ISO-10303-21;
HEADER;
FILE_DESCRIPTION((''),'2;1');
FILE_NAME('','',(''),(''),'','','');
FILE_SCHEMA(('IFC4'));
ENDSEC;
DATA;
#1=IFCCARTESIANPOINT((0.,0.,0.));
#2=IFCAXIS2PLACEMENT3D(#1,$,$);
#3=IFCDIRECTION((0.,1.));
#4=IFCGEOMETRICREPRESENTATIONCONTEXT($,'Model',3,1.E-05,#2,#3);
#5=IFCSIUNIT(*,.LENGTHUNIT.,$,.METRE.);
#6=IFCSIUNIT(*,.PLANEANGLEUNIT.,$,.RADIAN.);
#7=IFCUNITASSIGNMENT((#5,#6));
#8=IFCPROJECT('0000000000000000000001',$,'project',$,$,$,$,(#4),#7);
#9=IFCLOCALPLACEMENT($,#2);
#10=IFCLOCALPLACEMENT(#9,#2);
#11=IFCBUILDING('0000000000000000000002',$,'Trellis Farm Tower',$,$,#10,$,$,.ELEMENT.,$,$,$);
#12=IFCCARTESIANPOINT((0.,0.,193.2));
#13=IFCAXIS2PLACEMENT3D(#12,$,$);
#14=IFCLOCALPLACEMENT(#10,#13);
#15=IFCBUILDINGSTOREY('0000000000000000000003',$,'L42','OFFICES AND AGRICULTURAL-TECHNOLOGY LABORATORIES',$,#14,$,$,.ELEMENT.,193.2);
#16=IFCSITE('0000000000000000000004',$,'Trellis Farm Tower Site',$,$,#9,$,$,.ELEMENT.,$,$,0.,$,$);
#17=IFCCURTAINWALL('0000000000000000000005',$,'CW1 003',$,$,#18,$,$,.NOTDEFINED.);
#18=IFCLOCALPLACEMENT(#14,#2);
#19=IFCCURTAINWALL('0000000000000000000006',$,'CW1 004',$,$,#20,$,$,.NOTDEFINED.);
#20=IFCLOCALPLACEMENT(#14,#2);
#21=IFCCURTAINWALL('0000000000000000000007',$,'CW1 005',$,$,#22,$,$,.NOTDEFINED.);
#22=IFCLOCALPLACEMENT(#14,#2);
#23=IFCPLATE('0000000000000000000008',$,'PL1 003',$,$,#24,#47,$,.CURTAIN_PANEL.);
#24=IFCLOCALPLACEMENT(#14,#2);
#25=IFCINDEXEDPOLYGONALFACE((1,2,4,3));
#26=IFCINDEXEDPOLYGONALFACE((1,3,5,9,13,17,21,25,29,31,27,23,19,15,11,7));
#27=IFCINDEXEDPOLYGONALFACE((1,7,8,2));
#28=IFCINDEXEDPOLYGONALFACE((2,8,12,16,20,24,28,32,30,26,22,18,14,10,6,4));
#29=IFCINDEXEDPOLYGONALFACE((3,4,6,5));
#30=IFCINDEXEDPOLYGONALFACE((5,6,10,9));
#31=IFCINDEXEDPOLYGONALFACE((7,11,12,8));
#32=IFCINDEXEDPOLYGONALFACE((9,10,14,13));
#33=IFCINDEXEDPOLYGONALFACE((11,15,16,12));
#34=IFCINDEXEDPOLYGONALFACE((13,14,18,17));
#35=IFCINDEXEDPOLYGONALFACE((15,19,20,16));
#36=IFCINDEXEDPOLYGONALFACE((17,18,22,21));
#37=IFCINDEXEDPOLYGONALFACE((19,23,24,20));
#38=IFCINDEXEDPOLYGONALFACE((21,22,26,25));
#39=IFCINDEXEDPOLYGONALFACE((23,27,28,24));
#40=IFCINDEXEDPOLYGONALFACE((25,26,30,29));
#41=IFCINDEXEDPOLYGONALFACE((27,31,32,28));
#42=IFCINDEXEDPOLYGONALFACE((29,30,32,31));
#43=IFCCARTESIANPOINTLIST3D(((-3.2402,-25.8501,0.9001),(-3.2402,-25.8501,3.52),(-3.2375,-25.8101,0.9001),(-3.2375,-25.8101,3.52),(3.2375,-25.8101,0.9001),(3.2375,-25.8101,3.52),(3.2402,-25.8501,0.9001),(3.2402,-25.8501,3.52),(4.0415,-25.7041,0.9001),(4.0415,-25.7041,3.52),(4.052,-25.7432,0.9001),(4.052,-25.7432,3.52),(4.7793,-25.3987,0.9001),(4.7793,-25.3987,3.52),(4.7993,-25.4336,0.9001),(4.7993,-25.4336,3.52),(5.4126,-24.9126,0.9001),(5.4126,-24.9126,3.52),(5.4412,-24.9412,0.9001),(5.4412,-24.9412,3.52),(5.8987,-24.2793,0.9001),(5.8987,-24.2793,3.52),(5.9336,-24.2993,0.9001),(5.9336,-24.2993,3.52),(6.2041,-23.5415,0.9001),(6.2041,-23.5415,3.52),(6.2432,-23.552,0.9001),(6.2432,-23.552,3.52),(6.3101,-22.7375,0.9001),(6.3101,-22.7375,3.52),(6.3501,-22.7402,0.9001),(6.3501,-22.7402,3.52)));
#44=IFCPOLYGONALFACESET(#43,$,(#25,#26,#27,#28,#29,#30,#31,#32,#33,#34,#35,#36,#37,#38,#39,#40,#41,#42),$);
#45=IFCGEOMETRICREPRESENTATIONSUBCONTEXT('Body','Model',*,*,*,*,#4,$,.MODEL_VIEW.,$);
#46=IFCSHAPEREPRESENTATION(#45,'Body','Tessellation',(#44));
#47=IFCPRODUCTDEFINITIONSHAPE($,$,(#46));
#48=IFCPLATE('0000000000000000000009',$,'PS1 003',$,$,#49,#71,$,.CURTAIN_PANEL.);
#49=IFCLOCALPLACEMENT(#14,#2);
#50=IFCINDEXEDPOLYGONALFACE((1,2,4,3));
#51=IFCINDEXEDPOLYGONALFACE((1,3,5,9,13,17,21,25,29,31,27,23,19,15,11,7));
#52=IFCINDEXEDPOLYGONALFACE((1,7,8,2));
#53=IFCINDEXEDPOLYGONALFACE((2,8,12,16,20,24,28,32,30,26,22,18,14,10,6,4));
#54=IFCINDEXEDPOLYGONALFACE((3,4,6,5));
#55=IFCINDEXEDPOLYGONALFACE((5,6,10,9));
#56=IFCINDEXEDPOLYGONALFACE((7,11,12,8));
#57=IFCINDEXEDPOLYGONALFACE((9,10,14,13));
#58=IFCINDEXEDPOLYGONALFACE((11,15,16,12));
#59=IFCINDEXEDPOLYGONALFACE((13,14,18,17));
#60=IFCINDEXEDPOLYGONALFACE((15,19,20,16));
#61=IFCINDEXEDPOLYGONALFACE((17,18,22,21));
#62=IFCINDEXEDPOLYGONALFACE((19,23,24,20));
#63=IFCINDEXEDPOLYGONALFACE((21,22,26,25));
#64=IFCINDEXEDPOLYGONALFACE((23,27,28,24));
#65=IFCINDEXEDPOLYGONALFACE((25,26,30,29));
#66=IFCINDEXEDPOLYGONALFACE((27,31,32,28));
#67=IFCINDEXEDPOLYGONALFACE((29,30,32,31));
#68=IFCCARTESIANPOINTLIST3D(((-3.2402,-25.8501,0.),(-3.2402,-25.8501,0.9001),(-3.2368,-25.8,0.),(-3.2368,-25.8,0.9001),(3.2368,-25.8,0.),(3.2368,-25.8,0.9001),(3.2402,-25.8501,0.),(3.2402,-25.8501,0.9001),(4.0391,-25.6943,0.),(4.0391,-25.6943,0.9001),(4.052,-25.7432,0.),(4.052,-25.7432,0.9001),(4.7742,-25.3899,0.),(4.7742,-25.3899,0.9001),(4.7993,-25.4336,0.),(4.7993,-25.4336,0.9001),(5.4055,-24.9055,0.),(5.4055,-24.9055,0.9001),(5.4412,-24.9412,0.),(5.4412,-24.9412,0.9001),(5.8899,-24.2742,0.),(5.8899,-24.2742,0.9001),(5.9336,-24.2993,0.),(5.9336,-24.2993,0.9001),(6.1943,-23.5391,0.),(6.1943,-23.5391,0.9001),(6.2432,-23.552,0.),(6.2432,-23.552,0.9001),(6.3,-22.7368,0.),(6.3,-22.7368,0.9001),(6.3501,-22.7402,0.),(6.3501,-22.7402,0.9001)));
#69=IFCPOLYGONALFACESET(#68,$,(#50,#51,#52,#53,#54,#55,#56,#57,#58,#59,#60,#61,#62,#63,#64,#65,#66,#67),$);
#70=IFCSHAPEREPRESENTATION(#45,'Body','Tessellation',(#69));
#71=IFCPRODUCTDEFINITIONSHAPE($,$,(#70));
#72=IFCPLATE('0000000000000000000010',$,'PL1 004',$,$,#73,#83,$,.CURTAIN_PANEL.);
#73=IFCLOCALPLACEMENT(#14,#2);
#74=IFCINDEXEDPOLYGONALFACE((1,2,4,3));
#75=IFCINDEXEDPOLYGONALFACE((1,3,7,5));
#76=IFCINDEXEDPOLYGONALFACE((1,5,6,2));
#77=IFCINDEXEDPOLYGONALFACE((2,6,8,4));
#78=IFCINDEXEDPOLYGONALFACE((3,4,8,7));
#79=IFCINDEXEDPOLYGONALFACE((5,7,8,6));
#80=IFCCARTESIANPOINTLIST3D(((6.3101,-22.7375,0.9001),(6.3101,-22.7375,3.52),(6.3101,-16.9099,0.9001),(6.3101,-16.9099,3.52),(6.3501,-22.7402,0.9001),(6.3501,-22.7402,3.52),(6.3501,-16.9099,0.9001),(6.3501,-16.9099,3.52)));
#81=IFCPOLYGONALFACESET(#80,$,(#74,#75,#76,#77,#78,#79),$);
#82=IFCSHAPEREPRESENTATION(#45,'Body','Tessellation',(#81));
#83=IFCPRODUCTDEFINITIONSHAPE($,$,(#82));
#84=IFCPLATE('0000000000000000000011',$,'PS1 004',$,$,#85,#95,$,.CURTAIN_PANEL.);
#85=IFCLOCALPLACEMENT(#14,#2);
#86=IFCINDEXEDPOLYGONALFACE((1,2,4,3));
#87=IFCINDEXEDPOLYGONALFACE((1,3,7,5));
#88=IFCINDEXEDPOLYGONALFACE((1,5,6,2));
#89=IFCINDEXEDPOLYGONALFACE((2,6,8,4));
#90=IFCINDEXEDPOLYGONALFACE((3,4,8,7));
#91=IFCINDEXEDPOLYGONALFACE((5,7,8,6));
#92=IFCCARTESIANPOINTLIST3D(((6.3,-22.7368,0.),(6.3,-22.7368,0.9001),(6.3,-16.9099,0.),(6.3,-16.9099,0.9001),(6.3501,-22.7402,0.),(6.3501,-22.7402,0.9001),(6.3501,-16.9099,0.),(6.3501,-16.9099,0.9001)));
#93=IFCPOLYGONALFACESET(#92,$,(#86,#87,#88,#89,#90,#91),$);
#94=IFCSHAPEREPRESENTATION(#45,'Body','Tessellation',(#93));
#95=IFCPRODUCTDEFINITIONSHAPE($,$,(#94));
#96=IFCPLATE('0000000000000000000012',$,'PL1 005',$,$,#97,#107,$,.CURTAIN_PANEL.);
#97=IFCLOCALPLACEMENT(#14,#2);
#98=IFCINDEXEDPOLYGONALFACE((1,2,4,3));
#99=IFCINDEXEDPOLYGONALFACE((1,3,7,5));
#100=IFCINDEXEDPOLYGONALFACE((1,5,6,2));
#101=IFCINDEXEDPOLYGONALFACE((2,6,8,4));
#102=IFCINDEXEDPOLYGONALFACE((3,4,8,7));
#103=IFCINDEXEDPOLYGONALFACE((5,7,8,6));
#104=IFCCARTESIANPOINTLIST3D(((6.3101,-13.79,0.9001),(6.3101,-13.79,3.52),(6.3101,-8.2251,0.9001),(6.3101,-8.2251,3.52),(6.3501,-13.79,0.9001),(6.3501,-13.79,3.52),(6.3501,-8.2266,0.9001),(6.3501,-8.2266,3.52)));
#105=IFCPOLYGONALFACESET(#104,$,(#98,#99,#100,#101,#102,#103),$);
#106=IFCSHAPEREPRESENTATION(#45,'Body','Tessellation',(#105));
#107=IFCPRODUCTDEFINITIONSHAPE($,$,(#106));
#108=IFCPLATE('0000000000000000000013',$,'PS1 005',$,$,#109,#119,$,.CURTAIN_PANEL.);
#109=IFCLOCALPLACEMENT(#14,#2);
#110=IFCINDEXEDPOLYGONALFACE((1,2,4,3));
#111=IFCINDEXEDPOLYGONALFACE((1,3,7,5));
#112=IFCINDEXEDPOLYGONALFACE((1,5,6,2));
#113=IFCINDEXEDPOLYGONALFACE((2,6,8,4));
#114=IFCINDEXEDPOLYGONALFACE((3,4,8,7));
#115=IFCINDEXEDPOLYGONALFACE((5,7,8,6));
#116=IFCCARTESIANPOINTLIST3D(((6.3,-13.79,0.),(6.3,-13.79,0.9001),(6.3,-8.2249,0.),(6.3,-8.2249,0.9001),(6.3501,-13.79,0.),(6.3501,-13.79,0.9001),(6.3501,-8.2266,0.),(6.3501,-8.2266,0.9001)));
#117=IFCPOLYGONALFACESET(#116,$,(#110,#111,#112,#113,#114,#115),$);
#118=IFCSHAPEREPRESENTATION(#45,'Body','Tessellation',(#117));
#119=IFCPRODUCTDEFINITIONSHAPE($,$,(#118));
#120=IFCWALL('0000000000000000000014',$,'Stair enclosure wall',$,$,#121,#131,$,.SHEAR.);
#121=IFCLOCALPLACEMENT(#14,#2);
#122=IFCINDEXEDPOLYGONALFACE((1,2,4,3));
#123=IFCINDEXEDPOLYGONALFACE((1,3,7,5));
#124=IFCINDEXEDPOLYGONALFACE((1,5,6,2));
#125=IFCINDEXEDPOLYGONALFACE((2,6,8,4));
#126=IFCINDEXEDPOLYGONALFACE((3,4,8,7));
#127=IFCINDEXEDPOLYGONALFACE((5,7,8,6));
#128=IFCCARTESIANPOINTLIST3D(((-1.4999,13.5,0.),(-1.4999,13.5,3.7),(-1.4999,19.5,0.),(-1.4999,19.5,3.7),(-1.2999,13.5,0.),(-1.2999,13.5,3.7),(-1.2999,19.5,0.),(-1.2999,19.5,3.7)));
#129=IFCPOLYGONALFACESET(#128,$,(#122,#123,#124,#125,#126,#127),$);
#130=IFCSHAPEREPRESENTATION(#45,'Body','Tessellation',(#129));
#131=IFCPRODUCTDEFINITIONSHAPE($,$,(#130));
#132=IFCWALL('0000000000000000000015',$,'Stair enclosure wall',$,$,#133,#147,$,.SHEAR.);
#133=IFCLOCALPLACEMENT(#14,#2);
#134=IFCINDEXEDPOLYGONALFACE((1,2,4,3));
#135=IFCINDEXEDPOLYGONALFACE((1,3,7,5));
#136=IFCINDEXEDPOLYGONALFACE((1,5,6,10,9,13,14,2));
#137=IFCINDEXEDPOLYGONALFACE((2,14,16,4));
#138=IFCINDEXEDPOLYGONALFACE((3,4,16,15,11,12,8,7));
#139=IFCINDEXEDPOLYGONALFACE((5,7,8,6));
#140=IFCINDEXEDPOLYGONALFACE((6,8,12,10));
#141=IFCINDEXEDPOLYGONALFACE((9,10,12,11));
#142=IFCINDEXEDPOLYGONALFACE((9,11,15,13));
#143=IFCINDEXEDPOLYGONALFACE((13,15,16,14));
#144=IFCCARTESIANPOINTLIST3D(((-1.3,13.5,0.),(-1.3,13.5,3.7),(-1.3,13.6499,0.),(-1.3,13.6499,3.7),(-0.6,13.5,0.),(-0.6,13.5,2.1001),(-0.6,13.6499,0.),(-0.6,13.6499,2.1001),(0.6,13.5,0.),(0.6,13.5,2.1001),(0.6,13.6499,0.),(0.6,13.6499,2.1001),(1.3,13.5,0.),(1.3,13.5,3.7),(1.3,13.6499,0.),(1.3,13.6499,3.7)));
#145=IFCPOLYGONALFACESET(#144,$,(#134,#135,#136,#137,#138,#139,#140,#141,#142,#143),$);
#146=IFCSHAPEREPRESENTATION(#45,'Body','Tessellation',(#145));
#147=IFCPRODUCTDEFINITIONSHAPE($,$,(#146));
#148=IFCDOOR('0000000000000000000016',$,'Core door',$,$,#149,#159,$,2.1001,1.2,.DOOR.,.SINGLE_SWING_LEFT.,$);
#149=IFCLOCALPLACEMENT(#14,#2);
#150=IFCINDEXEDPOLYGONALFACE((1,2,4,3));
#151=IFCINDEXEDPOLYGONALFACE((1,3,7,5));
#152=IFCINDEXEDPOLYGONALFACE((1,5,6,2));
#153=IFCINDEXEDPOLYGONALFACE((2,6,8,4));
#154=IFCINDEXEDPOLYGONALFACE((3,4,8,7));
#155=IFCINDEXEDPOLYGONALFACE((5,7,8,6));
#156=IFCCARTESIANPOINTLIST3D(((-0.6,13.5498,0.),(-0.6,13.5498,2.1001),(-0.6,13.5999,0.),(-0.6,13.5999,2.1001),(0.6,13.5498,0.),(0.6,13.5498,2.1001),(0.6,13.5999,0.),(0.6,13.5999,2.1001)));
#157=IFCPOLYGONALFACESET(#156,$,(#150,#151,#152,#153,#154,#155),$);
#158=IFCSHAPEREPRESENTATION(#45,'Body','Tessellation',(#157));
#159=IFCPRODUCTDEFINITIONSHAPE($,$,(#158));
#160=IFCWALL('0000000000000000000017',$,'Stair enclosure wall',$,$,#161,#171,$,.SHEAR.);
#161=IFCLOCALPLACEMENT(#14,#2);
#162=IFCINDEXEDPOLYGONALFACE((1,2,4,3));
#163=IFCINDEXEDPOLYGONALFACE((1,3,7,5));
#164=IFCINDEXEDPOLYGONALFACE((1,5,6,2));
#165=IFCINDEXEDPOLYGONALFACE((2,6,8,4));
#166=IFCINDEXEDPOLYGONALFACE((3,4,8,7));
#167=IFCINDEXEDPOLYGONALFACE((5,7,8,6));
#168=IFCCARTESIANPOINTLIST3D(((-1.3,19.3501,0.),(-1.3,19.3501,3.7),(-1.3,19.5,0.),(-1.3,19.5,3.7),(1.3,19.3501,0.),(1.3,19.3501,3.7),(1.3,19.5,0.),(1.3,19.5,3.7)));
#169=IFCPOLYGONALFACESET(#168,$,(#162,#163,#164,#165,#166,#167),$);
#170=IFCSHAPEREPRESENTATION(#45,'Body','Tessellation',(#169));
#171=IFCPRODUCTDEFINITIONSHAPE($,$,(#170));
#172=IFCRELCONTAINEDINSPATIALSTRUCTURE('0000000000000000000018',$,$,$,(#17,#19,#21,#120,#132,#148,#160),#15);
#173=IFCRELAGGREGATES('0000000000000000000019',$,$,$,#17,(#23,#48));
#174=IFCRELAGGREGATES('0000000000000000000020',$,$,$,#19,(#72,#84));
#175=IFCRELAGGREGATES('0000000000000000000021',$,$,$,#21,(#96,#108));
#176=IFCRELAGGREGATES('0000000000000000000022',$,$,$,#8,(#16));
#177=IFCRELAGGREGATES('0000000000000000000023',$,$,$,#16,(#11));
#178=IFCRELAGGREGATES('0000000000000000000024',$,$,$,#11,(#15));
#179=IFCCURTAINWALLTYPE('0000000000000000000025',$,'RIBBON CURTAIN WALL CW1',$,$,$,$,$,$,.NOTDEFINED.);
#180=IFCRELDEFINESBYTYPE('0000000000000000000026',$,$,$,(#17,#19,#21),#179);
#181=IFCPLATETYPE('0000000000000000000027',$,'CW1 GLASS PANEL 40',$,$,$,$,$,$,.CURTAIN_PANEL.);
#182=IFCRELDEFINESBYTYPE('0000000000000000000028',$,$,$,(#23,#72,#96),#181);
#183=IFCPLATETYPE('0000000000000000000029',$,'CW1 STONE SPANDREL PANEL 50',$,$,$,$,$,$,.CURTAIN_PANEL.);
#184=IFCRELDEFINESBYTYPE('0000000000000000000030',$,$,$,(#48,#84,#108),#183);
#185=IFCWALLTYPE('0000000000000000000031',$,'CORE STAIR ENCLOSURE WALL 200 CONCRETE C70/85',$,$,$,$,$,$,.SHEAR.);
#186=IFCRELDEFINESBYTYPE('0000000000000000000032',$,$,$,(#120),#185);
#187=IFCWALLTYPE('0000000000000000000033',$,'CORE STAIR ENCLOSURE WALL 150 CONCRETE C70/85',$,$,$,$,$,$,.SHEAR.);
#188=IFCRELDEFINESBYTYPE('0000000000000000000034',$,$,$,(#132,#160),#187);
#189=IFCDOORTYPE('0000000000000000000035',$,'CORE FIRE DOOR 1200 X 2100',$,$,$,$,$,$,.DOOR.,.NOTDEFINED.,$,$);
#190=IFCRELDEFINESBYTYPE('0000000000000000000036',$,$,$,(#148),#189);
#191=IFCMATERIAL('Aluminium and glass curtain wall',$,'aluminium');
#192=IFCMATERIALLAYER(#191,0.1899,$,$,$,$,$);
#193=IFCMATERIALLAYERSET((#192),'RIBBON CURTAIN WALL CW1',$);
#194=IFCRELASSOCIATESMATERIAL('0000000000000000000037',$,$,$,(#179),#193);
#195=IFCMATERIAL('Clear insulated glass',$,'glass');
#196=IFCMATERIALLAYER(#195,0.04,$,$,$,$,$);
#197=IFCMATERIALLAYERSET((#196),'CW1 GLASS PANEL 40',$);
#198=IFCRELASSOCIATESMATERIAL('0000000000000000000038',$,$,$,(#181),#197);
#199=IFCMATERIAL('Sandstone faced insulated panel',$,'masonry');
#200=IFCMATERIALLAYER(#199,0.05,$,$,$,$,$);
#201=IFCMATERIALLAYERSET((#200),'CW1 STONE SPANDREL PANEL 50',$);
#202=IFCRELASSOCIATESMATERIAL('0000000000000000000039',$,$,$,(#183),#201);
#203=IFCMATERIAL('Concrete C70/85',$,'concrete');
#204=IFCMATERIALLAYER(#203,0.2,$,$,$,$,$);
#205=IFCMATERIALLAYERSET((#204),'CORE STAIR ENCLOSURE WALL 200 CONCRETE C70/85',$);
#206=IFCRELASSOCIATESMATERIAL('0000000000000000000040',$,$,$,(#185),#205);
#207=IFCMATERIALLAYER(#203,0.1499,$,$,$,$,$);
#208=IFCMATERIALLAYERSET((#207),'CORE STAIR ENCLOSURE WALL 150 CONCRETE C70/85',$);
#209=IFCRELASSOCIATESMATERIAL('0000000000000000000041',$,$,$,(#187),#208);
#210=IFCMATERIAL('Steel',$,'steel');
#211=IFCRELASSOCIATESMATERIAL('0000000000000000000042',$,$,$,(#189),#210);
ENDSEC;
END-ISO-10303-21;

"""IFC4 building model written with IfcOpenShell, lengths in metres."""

from ifc_helpers import new_model, si_unit, direction, frame, frame_2d, origin, place, context, subcontext, project, spatial, polyline, rectangle, outline, extrude, source, transform, mapped, material, layer, layer_set, type_object, element, fill, aggregate, save


model = new_model("IFC4")

# Units and contexts
model_context = context("Model", 3, precision=1e-05, world=origin(), true_north=direction((0.0, 1.0)))
body_context = subcontext(model_context, "Body", "Model", "MODEL_VIEW")
ifc_project = project(units=[si_unit("LENGTHUNIT", "METRE"), si_unit("PLANEANGLEUNIT", "RADIAN")], contexts=[model_context])

# Site, building, storey
site_placement = place(None, origin())
site = spatial("IfcSite", under=ifc_project, at=site_placement, Name="Trellis Farm Tower Site", CompositionType="ELEMENT", RefElevation=0.0)
building_placement = place(site_placement, origin())
building = spatial("IfcBuilding", under=site, at=building_placement, Name="Trellis Farm Tower", CompositionType="ELEMENT")
storey_placement = place(building_placement, frame((0.0, 0.0, 193.2)))
storey = spatial("IfcBuildingStorey", under=building, at=storey_placement, Name="L42", Description="OFFICES AND AGRICULTURAL-TECHNOLOGY LABORATORIES", CompositionType="ELEMENT", Elevation=193.2)

# Shared definitions
ifc_material_1 = material(Name="Concrete C70/85", Category="concrete")

# Curtain walls
ifc_material_2 = material(Name="Aluminium and glass curtain wall", Category="aluminium")
placement_1 = place(storey_placement, origin())
ifc_layer_1 = layer(ifc_material_2, 0.1899)
ifc_layer_set_1 = layer_set([ifc_layer_1], Name="RIBBON CURTAIN WALL CW1")
curtain_wall_type_1 = type_object("IfcCurtainWallType", Name="RIBBON CURTAIN WALL CW1", PredefinedType="NOTDEFINED", material=ifc_layer_set_1)
curtain_wall_1 = element("IfcCurtainWall", 1, at=placement_1, inside=storey, type_object=curtain_wall_type_1, Name="CW1 003", PredefinedType="NOTDEFINED")
curtain_wall_2 = element("IfcCurtainWall", 2, at=placement_1, inside=storey, type_object=curtain_wall_type_1, Name="CW1 004", PredefinedType="NOTDEFINED")
curtain_wall_3 = element("IfcCurtainWall", 3, at=placement_1, inside=storey, type_object=curtain_wall_type_1, Name="CW1 005", PredefinedType="NOTDEFINED")

# Plates
ifc_material_3 = material(Name="Clear insulated glass", Category="glass")
ifc_layer_2 = layer(ifc_material_3, 0.04)
ifc_layer_set_2 = layer_set([ifc_layer_2], Name="CW1 GLASS PANEL 40")
plate_type_1 = type_object("IfcPlateType", Name="CW1 GLASS PANEL 40", PredefinedType="CURTAIN_PANEL", material=ifc_layer_set_2)
placement_2 = place(storey_placement, frame((0.0, 0.0, 0.9001)))
ifc_material_4 = material(Name="Sandstone faced insulated panel", Category="masonry")
ifc_layer_3 = layer(ifc_material_4, 0.05)
ifc_layer_set_3 = layer_set([ifc_layer_3], Name="CW1 STONE SPANDREL PANEL 50")
plate_type_2 = type_object("IfcPlateType", Name="CW1 STONE SPANDREL PANEL 50", PredefinedType="CURTAIN_PANEL", material=ifc_layer_set_3)
shared_shape_1 = source(origin(), body_context, "Body", "SweptSolid", [
    extrude(outline(polyline([(-3.2402, -25.8501), (3.2402, -25.8501), (4.052, -25.7432), (4.7993, -25.4336), (5.4412, -24.9412), (5.9336, -24.2993), (6.2432, -23.552), (6.3501, -22.7402), (6.3101, -22.7375), (6.2041, -23.5415), (5.8987, -24.2793), (5.4126, -24.9126), (4.7793, -25.3987), (4.0415, -25.7041), (3.2375, -25.8101), (-3.2375, -25.8101), (-3.2402, -25.8501)])), origin(), (0.0, 0.0, 1.0), 2.6199),
])
plate_1 = element("IfcPlate", 4, at=placement_2, type_object=plate_type_1, Name="PL1 003", PredefinedType="CURTAIN_PANEL", context=body_context, shape_type="MappedRepresentation", body=[
    mapped(shared_shape_1, transform((0.0, 0.0, 0.0))),
])
shared_shape_2 = source(origin(), body_context, "Body", "SweptSolid", [
    extrude(outline(polyline([(-3.2402, -25.8501), (3.2402, -25.8501), (4.052, -25.7432), (4.7993, -25.4336), (5.4412, -24.9412), (5.9336, -24.2993), (6.2432, -23.552), (6.3501, -22.7402), (6.3, -22.7368), (6.1943, -23.5391), (5.8899, -24.2742), (5.4055, -24.9055), (4.7742, -25.3899), (4.0391, -25.6943), (3.2368, -25.8), (-3.2368, -25.8), (-3.2402, -25.8501)])), origin(), (0.0, 0.0, 1.0), 0.9001),
])
plate_2 = element("IfcPlate", 5, at=placement_1, type_object=plate_type_2, Name="PS1 003", PredefinedType="CURTAIN_PANEL", context=body_context, shape_type="MappedRepresentation", body=[
    mapped(shared_shape_2, transform((0.0, 0.0, 0.0))),
])
aggregate(curtain_wall_1, [plate_1, plate_2])
shared_shape_3 = source(origin(), body_context, "Body", "SweptSolid", [
    extrude(outline(polyline([(6.3501, -22.7402), (6.3501, -16.9099), (6.3101, -16.9099), (6.3101, -22.7375), (6.3501, -22.7402)])), origin(), (0.0, 0.0, 1.0), 2.6199),
])
plate_3 = element("IfcPlate", 6, at=placement_2, type_object=plate_type_1, Name="PL1 004", PredefinedType="CURTAIN_PANEL", context=body_context, shape_type="MappedRepresentation", body=[
    mapped(shared_shape_3, transform((0.0, 0.0, 0.0))),
])
shared_shape_4 = source(origin(), body_context, "Body", "SweptSolid", [
    extrude(outline(polyline([(6.3501, -22.7402), (6.3501, -16.9099), (6.3, -16.9099), (6.3, -22.7368), (6.3501, -22.7402)])), origin(), (0.0, 0.0, 1.0), 0.9001),
])
plate_4 = element("IfcPlate", 7, at=placement_1, type_object=plate_type_2, Name="PS1 004", PredefinedType="CURTAIN_PANEL", context=body_context, shape_type="MappedRepresentation", body=[
    mapped(shared_shape_4, transform((0.0, 0.0, 0.0))),
])
aggregate(curtain_wall_2, [plate_3, plate_4])
shared_shape_5 = source(origin(), body_context, "Body", "SweptSolid", [
    extrude(outline(polyline([(6.3501, -13.79), (6.3501, -8.2266), (6.3101, -8.2251), (6.3101, -13.79), (6.3501, -13.79)])), origin(), (0.0, 0.0, 1.0), 2.6199),
])
plate_5 = element("IfcPlate", 8, at=placement_2, type_object=plate_type_1, Name="PL1 005", PredefinedType="CURTAIN_PANEL", context=body_context, shape_type="MappedRepresentation", body=[
    mapped(shared_shape_5, transform((0.0, 0.0, 0.0))),
])
shared_shape_6 = source(origin(), body_context, "Body", "SweptSolid", [
    extrude(outline(polyline([(6.3501, -13.79), (6.3501, -8.2266), (6.3, -8.2249), (6.3, -13.79), (6.3501, -13.79)])), origin(), (0.0, 0.0, 1.0), 0.9001),
])
plate_6 = element("IfcPlate", 9, at=placement_1, type_object=plate_type_2, Name="PS1 005", PredefinedType="CURTAIN_PANEL", context=body_context, shape_type="MappedRepresentation", body=[
    mapped(shared_shape_6, transform((0.0, 0.0, 0.0))),
])
aggregate(curtain_wall_3, [plate_5, plate_6])

# Wall
ifc_layer_4 = layer(ifc_material_1, 0.2)
ifc_layer_set_4 = layer_set([ifc_layer_4], Name="CORE STAIR ENCLOSURE WALL 200 CONCRETE C70/85")
wall_type_1 = type_object("IfcWallType", Name="CORE STAIR ENCLOSURE WALL 200 CONCRETE C70/85", PredefinedType="SHEAR", material=ifc_layer_set_4)
shared_shape_7 = source(origin(), body_context, "Body", "SweptSolid", [
    extrude(rectangle(XDim=6.0, YDim=0.2, at=frame_2d((3.0, 0.0))), origin(), (0.0, 0.0, 1.0), 3.7),
])
wall_1_placement = place(storey_placement, frame((-1.3999, 13.5, 0.0), z_axis=(0.0, 0.0, 1.0), x_axis=(0.0, 1.0, 0.0)))
element("IfcWall", 10, at=wall_1_placement, inside=storey, type_object=wall_type_1, Name="Stair enclosure wall", PredefinedType="SHEAR", context=body_context, shape_type="MappedRepresentation", body=[
    mapped(shared_shape_7, transform((0.0, 0.0, 0.0))),
])

# Wall, opening, door
ifc_layer_5 = layer(ifc_material_1, 0.1499)
ifc_layer_set_5 = layer_set([ifc_layer_5], Name="CORE STAIR ENCLOSURE WALL 150 CONCRETE C70/85")
wall_type_2 = type_object("IfcWallType", Name="CORE STAIR ENCLOSURE WALL 150 CONCRETE C70/85", PredefinedType="SHEAR", material=ifc_layer_set_5)
shared_shape_8 = source(origin(), body_context, "Body", "SweptSolid", [
    extrude(rectangle(XDim=2.6001, YDim=0.1499, at=frame_2d((1.3, 0.0))), origin(), (0.0, 0.0, 1.0), 3.7),
])
wall_2_placement = place(storey_placement, frame((-1.3, 13.575, 0.0), z_axis=(0.0, 0.0, 1.0), x_axis=(1.0, 0.0, 0.0)))
wall_2 = element("IfcWall", 11, at=wall_2_placement, inside=storey, type_object=wall_type_2, Name="Stair enclosure wall", PredefinedType="SHEAR", context=body_context, shape_type="MappedRepresentation", body=[
    mapped(shared_shape_8, transform((0.0, 0.0, 0.0))),
])
shared_shape_9 = source(origin(), body_context, "Body", "SweptSolid", [
    extrude(rectangle(XDim=1.2, YDim=2.1001, at=frame_2d((0.6001, 1.05))), frame((0.0, 0.085, 0.0), z_axis=(0.0, -1.0, 0.0), x_axis=(1.0, 0.0, 0.0)), (0.0, 0.0, 1.0), 0.1699),
])
opening_1_placement = place(wall_2_placement, frame((0.7, 0.0, 0.0)))
opening_1 = element("IfcOpeningElement", 12, at=opening_1_placement, cuts=wall_2, PredefinedType="OPENING", context=body_context, shape_type="MappedRepresentation", body=[
    mapped(shared_shape_9, transform((0.0, 0.0, 0.0))),
])
ifc_material_5 = material(Name="Steel", Category="steel")
door_type_1 = type_object("IfcDoorType", Name="CORE FIRE DOOR 1200 X 2100", OperationType="NOTDEFINED", PredefinedType="DOOR", material=ifc_material_5)
shared_shape_10 = source(origin(), body_context, "Body", "SweptSolid", [
    extrude(rectangle(XDim=1.2, YDim=2.1001, at=frame_2d((0.6001, 1.05))), frame((0.0, 0.0249, 0.0), z_axis=(0.0, -1.0, 0.0), x_axis=(1.0, 0.0, 0.0)), (0.0, 0.0, 1.0), 0.05),
])
door_1_placement = place(opening_1_placement, origin())
door_1 = element("IfcDoor", 13, at=door_1_placement, inside=storey, type_object=door_type_1, Name="Core door", OperationType="SINGLE_SWING_LEFT", OverallHeight=2.1001, OverallWidth=1.2, PredefinedType="DOOR", context=body_context, shape_type="MappedRepresentation", body=[
    mapped(shared_shape_10, transform((0.0, 0.0, 0.0))),
])
fill(opening_1, door_1)

# Wall
wall_3_placement = place(storey_placement, frame((-1.3, 19.425, 0.0), z_axis=(0.0, 0.0, 1.0), x_axis=(1.0, 0.0, 0.0)))
element("IfcWall", 14, at=wall_3_placement, inside=storey, type_object=wall_type_2, Name="Stair enclosure wall", PredefinedType="SHEAR", context=body_context, shape_type="MappedRepresentation", body=[
    mapped(shared_shape_8, transform((0.0, 0.0, 0.0))),
])

save(model, "model.ifc")
